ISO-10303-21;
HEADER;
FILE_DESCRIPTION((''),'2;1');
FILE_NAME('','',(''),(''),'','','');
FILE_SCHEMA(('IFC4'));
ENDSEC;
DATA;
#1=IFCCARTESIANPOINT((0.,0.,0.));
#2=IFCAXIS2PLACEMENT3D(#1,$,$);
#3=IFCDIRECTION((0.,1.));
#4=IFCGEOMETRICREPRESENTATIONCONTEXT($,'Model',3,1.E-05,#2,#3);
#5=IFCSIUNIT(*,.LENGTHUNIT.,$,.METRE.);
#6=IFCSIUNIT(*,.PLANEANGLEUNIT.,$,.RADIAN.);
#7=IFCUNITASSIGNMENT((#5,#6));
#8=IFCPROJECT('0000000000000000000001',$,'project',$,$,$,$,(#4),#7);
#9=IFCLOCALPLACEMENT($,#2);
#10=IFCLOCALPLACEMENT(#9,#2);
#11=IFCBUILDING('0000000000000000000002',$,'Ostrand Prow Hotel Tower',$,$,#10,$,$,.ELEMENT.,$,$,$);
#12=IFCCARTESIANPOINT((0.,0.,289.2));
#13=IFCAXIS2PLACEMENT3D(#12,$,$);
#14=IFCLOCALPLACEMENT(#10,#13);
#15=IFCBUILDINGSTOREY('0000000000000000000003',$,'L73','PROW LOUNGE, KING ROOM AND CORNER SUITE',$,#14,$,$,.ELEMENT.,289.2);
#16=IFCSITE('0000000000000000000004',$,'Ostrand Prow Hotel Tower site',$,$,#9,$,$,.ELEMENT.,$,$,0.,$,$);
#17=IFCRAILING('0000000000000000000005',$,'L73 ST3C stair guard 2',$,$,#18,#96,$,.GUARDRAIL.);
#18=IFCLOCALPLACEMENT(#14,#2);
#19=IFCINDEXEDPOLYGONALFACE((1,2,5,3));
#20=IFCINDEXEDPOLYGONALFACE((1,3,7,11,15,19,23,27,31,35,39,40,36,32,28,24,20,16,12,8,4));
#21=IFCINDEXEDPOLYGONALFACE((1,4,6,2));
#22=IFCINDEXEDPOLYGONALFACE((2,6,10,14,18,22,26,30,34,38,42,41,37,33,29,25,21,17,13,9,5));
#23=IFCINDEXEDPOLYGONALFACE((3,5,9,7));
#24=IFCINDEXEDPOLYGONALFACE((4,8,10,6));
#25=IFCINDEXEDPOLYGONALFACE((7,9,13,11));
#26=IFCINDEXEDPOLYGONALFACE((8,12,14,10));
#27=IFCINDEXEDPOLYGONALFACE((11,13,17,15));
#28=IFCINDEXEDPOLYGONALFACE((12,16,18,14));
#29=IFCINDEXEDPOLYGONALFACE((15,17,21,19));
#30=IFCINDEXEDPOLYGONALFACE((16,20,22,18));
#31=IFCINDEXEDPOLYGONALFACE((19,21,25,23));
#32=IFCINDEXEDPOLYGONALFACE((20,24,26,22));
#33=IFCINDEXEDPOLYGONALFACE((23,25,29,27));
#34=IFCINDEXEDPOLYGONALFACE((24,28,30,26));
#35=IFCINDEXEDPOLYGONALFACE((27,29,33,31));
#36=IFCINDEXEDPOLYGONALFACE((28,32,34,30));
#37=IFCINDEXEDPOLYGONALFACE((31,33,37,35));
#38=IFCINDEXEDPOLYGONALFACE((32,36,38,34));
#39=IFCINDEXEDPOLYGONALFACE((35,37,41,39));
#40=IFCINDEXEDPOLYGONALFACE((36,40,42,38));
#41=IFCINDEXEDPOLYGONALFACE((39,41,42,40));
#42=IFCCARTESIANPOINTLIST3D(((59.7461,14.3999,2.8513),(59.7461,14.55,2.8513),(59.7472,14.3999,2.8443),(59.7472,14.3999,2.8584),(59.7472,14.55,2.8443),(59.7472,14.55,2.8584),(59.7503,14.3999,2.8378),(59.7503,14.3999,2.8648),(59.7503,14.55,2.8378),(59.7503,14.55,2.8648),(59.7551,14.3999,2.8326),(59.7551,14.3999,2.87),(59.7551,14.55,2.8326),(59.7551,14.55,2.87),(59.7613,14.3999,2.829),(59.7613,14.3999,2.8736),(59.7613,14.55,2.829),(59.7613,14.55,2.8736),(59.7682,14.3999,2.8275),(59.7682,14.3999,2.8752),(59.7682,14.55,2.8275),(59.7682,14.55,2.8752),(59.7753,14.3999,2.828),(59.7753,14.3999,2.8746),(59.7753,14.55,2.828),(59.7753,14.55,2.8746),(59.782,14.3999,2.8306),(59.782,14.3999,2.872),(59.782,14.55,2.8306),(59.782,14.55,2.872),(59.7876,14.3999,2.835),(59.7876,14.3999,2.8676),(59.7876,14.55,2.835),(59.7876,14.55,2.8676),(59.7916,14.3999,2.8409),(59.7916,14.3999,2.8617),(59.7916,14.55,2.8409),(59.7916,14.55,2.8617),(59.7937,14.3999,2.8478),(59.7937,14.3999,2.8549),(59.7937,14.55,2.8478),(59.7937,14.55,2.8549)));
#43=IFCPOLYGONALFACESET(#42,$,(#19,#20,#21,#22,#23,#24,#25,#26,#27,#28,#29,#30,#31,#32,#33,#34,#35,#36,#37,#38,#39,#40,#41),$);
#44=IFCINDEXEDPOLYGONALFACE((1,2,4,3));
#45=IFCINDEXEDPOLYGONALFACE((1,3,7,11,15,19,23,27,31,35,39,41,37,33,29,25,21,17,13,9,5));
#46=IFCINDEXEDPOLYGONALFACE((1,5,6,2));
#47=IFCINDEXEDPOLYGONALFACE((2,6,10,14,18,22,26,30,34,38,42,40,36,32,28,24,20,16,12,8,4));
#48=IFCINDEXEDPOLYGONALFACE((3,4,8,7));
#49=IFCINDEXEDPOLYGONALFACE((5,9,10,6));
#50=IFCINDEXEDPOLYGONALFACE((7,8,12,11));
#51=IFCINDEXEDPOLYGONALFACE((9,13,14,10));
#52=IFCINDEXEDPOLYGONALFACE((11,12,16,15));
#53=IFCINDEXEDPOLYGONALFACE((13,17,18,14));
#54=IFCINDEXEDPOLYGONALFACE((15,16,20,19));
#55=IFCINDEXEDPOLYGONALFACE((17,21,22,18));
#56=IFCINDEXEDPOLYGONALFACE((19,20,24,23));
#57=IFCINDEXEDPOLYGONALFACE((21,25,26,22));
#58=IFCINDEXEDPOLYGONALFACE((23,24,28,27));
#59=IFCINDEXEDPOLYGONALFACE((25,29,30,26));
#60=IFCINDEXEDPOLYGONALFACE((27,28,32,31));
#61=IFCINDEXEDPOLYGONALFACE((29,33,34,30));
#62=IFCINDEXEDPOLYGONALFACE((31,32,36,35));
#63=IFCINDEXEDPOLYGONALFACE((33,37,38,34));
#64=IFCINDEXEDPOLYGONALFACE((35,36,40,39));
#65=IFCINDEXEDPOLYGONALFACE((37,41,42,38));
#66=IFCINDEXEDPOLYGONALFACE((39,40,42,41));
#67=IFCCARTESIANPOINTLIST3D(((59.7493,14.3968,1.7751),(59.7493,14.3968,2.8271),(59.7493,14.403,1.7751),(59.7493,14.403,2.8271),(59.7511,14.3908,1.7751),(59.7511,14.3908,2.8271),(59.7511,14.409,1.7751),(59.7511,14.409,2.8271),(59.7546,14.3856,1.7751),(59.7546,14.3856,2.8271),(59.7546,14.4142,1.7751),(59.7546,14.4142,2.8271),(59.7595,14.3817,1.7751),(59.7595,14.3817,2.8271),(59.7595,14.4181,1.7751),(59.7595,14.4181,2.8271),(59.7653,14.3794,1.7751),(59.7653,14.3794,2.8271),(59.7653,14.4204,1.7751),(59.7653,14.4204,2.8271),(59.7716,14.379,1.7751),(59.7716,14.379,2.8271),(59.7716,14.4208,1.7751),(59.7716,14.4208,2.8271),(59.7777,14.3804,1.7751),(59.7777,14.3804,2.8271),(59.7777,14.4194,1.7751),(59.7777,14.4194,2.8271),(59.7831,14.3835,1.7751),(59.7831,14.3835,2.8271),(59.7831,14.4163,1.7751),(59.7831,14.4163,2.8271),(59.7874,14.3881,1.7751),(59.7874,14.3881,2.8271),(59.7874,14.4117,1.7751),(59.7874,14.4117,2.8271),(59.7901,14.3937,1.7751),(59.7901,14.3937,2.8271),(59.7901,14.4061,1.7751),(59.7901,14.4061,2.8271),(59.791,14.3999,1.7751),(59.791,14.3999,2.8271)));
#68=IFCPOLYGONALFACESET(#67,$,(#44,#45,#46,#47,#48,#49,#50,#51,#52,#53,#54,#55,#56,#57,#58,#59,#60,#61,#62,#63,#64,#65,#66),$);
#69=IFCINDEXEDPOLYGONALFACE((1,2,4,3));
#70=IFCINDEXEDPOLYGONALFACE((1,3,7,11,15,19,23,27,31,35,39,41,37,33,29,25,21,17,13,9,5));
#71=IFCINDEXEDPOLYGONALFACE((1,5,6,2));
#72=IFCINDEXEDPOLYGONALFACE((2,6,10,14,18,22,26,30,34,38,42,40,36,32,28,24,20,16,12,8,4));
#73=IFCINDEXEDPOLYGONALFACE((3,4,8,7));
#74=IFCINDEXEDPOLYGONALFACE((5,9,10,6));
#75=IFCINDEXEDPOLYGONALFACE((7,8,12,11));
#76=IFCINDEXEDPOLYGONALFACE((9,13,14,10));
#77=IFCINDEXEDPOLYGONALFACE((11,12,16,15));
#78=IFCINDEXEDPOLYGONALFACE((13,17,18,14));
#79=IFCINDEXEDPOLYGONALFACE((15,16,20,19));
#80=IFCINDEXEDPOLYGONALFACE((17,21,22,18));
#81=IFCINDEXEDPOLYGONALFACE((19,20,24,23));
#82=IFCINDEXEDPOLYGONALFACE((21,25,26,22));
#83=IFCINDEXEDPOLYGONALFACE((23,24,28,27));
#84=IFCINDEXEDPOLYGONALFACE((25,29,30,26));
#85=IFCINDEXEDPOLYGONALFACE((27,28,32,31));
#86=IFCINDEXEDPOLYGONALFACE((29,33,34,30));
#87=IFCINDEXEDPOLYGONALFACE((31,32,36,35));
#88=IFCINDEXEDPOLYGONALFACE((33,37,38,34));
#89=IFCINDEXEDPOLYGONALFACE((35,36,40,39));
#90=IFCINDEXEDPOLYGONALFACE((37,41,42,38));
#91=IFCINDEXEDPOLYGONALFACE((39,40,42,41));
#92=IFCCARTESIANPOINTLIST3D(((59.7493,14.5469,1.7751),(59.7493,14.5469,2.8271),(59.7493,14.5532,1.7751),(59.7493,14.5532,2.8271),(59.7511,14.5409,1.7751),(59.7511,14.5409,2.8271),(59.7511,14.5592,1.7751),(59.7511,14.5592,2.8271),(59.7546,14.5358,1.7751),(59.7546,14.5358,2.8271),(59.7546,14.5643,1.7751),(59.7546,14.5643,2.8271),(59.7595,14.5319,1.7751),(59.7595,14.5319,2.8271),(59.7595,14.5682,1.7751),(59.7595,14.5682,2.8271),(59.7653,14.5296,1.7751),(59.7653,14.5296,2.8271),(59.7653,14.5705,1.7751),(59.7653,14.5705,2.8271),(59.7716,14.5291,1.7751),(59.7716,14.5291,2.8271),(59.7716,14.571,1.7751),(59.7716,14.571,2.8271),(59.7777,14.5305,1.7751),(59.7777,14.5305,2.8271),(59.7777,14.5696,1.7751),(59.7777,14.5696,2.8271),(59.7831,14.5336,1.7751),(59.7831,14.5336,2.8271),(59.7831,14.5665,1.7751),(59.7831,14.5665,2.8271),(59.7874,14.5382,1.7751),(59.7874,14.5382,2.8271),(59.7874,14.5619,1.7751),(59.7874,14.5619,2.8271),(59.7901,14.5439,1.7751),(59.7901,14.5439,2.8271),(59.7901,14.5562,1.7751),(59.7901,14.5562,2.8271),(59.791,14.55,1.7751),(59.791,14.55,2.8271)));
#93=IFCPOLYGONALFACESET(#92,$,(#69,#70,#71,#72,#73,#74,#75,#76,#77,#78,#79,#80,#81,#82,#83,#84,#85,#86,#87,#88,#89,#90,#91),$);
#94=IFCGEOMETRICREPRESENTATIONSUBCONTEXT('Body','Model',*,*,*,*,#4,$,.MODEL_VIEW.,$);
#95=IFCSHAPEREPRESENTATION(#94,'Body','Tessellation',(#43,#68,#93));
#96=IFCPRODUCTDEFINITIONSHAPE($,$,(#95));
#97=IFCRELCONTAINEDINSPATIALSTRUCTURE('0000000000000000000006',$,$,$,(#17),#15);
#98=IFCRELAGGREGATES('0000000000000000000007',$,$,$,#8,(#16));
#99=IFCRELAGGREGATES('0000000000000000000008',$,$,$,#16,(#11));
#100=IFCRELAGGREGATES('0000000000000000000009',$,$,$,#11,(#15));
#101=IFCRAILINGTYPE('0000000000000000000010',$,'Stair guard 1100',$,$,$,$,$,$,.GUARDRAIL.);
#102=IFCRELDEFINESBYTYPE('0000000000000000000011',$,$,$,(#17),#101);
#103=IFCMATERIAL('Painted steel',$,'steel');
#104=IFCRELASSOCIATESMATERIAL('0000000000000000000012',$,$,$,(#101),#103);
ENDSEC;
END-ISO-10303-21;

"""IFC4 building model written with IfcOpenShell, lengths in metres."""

from ifc_helpers import new_model, si_unit, direction, frame, origin, origin_2d, place, context, subcontext, project, spatial, circle, extrude, material, type_object, element, save


model = new_model("IFC4")

# Units and contexts
model_context = context("Model", 3, precision=1e-05, world=origin(), true_north=direction((0.0, 1.0)))
body_context = subcontext(model_context, "Body", "Model", "MODEL_VIEW")
ifc_project = project(units=[si_unit("LENGTHUNIT", "METRE"), si_unit("PLANEANGLEUNIT", "RADIAN")], contexts=[model_context])

# Site, building, storey
site_placement = place(None, origin())
site = spatial("IfcSite", under=ifc_project, at=site_placement, Name="Ostrand Prow Hotel Tower site", CompositionType="ELEMENT", RefElevation=0.0)
building_placement = place(site_placement, origin())
building = spatial("IfcBuilding", under=site, at=building_placement, Name="Ostrand Prow Hotel Tower", CompositionType="ELEMENT")
storey_placement = place(building_placement, frame((0.0, 0.0, 289.2)))
storey = spatial("IfcBuildingStorey", under=building, at=storey_placement, Name="L73", Description="PROW LOUNGE, KING ROOM AND CORNER SUITE", CompositionType="ELEMENT", Elevation=289.2)

# Railing
ifc_material_1 = material(Name="Painted steel", Category="steel")
railing_type_1 = type_object("IfcRailingType", Name="Stair guard 1100", PredefinedType="GUARDRAIL", material=ifc_material_1)
railing_1_placement = place(storey_placement, frame((59.77, 14.3999, 1.7751)))
element("IfcRailing", 1, at=railing_1_placement, inside=storey, type_object=railing_type_1, Name="L73 ST3C stair guard 2", PredefinedType="GUARDRAIL", context=body_context, shape_type="SweptSolid", body=[
    extrude(circle(Radius=0.0239, at=origin_2d()), frame((0.0, 0.0, 1.0762), z_axis=(0.0, 1.0, 0.0), x_axis=(-1.0, 0.0, 0.0)), (0.0, 0.0, 1.0), 0.1501),
    extrude(circle(Radius=0.021, at=origin_2d()), origin(), (0.0, 0.0, 1.0), 1.052),
    extrude(circle(Radius=0.021, at=origin_2d()), frame((0.0, 0.1501, 0.0)), (0.0, 0.0, 1.0), 1.052),
])

save(model, "model.ifc")
